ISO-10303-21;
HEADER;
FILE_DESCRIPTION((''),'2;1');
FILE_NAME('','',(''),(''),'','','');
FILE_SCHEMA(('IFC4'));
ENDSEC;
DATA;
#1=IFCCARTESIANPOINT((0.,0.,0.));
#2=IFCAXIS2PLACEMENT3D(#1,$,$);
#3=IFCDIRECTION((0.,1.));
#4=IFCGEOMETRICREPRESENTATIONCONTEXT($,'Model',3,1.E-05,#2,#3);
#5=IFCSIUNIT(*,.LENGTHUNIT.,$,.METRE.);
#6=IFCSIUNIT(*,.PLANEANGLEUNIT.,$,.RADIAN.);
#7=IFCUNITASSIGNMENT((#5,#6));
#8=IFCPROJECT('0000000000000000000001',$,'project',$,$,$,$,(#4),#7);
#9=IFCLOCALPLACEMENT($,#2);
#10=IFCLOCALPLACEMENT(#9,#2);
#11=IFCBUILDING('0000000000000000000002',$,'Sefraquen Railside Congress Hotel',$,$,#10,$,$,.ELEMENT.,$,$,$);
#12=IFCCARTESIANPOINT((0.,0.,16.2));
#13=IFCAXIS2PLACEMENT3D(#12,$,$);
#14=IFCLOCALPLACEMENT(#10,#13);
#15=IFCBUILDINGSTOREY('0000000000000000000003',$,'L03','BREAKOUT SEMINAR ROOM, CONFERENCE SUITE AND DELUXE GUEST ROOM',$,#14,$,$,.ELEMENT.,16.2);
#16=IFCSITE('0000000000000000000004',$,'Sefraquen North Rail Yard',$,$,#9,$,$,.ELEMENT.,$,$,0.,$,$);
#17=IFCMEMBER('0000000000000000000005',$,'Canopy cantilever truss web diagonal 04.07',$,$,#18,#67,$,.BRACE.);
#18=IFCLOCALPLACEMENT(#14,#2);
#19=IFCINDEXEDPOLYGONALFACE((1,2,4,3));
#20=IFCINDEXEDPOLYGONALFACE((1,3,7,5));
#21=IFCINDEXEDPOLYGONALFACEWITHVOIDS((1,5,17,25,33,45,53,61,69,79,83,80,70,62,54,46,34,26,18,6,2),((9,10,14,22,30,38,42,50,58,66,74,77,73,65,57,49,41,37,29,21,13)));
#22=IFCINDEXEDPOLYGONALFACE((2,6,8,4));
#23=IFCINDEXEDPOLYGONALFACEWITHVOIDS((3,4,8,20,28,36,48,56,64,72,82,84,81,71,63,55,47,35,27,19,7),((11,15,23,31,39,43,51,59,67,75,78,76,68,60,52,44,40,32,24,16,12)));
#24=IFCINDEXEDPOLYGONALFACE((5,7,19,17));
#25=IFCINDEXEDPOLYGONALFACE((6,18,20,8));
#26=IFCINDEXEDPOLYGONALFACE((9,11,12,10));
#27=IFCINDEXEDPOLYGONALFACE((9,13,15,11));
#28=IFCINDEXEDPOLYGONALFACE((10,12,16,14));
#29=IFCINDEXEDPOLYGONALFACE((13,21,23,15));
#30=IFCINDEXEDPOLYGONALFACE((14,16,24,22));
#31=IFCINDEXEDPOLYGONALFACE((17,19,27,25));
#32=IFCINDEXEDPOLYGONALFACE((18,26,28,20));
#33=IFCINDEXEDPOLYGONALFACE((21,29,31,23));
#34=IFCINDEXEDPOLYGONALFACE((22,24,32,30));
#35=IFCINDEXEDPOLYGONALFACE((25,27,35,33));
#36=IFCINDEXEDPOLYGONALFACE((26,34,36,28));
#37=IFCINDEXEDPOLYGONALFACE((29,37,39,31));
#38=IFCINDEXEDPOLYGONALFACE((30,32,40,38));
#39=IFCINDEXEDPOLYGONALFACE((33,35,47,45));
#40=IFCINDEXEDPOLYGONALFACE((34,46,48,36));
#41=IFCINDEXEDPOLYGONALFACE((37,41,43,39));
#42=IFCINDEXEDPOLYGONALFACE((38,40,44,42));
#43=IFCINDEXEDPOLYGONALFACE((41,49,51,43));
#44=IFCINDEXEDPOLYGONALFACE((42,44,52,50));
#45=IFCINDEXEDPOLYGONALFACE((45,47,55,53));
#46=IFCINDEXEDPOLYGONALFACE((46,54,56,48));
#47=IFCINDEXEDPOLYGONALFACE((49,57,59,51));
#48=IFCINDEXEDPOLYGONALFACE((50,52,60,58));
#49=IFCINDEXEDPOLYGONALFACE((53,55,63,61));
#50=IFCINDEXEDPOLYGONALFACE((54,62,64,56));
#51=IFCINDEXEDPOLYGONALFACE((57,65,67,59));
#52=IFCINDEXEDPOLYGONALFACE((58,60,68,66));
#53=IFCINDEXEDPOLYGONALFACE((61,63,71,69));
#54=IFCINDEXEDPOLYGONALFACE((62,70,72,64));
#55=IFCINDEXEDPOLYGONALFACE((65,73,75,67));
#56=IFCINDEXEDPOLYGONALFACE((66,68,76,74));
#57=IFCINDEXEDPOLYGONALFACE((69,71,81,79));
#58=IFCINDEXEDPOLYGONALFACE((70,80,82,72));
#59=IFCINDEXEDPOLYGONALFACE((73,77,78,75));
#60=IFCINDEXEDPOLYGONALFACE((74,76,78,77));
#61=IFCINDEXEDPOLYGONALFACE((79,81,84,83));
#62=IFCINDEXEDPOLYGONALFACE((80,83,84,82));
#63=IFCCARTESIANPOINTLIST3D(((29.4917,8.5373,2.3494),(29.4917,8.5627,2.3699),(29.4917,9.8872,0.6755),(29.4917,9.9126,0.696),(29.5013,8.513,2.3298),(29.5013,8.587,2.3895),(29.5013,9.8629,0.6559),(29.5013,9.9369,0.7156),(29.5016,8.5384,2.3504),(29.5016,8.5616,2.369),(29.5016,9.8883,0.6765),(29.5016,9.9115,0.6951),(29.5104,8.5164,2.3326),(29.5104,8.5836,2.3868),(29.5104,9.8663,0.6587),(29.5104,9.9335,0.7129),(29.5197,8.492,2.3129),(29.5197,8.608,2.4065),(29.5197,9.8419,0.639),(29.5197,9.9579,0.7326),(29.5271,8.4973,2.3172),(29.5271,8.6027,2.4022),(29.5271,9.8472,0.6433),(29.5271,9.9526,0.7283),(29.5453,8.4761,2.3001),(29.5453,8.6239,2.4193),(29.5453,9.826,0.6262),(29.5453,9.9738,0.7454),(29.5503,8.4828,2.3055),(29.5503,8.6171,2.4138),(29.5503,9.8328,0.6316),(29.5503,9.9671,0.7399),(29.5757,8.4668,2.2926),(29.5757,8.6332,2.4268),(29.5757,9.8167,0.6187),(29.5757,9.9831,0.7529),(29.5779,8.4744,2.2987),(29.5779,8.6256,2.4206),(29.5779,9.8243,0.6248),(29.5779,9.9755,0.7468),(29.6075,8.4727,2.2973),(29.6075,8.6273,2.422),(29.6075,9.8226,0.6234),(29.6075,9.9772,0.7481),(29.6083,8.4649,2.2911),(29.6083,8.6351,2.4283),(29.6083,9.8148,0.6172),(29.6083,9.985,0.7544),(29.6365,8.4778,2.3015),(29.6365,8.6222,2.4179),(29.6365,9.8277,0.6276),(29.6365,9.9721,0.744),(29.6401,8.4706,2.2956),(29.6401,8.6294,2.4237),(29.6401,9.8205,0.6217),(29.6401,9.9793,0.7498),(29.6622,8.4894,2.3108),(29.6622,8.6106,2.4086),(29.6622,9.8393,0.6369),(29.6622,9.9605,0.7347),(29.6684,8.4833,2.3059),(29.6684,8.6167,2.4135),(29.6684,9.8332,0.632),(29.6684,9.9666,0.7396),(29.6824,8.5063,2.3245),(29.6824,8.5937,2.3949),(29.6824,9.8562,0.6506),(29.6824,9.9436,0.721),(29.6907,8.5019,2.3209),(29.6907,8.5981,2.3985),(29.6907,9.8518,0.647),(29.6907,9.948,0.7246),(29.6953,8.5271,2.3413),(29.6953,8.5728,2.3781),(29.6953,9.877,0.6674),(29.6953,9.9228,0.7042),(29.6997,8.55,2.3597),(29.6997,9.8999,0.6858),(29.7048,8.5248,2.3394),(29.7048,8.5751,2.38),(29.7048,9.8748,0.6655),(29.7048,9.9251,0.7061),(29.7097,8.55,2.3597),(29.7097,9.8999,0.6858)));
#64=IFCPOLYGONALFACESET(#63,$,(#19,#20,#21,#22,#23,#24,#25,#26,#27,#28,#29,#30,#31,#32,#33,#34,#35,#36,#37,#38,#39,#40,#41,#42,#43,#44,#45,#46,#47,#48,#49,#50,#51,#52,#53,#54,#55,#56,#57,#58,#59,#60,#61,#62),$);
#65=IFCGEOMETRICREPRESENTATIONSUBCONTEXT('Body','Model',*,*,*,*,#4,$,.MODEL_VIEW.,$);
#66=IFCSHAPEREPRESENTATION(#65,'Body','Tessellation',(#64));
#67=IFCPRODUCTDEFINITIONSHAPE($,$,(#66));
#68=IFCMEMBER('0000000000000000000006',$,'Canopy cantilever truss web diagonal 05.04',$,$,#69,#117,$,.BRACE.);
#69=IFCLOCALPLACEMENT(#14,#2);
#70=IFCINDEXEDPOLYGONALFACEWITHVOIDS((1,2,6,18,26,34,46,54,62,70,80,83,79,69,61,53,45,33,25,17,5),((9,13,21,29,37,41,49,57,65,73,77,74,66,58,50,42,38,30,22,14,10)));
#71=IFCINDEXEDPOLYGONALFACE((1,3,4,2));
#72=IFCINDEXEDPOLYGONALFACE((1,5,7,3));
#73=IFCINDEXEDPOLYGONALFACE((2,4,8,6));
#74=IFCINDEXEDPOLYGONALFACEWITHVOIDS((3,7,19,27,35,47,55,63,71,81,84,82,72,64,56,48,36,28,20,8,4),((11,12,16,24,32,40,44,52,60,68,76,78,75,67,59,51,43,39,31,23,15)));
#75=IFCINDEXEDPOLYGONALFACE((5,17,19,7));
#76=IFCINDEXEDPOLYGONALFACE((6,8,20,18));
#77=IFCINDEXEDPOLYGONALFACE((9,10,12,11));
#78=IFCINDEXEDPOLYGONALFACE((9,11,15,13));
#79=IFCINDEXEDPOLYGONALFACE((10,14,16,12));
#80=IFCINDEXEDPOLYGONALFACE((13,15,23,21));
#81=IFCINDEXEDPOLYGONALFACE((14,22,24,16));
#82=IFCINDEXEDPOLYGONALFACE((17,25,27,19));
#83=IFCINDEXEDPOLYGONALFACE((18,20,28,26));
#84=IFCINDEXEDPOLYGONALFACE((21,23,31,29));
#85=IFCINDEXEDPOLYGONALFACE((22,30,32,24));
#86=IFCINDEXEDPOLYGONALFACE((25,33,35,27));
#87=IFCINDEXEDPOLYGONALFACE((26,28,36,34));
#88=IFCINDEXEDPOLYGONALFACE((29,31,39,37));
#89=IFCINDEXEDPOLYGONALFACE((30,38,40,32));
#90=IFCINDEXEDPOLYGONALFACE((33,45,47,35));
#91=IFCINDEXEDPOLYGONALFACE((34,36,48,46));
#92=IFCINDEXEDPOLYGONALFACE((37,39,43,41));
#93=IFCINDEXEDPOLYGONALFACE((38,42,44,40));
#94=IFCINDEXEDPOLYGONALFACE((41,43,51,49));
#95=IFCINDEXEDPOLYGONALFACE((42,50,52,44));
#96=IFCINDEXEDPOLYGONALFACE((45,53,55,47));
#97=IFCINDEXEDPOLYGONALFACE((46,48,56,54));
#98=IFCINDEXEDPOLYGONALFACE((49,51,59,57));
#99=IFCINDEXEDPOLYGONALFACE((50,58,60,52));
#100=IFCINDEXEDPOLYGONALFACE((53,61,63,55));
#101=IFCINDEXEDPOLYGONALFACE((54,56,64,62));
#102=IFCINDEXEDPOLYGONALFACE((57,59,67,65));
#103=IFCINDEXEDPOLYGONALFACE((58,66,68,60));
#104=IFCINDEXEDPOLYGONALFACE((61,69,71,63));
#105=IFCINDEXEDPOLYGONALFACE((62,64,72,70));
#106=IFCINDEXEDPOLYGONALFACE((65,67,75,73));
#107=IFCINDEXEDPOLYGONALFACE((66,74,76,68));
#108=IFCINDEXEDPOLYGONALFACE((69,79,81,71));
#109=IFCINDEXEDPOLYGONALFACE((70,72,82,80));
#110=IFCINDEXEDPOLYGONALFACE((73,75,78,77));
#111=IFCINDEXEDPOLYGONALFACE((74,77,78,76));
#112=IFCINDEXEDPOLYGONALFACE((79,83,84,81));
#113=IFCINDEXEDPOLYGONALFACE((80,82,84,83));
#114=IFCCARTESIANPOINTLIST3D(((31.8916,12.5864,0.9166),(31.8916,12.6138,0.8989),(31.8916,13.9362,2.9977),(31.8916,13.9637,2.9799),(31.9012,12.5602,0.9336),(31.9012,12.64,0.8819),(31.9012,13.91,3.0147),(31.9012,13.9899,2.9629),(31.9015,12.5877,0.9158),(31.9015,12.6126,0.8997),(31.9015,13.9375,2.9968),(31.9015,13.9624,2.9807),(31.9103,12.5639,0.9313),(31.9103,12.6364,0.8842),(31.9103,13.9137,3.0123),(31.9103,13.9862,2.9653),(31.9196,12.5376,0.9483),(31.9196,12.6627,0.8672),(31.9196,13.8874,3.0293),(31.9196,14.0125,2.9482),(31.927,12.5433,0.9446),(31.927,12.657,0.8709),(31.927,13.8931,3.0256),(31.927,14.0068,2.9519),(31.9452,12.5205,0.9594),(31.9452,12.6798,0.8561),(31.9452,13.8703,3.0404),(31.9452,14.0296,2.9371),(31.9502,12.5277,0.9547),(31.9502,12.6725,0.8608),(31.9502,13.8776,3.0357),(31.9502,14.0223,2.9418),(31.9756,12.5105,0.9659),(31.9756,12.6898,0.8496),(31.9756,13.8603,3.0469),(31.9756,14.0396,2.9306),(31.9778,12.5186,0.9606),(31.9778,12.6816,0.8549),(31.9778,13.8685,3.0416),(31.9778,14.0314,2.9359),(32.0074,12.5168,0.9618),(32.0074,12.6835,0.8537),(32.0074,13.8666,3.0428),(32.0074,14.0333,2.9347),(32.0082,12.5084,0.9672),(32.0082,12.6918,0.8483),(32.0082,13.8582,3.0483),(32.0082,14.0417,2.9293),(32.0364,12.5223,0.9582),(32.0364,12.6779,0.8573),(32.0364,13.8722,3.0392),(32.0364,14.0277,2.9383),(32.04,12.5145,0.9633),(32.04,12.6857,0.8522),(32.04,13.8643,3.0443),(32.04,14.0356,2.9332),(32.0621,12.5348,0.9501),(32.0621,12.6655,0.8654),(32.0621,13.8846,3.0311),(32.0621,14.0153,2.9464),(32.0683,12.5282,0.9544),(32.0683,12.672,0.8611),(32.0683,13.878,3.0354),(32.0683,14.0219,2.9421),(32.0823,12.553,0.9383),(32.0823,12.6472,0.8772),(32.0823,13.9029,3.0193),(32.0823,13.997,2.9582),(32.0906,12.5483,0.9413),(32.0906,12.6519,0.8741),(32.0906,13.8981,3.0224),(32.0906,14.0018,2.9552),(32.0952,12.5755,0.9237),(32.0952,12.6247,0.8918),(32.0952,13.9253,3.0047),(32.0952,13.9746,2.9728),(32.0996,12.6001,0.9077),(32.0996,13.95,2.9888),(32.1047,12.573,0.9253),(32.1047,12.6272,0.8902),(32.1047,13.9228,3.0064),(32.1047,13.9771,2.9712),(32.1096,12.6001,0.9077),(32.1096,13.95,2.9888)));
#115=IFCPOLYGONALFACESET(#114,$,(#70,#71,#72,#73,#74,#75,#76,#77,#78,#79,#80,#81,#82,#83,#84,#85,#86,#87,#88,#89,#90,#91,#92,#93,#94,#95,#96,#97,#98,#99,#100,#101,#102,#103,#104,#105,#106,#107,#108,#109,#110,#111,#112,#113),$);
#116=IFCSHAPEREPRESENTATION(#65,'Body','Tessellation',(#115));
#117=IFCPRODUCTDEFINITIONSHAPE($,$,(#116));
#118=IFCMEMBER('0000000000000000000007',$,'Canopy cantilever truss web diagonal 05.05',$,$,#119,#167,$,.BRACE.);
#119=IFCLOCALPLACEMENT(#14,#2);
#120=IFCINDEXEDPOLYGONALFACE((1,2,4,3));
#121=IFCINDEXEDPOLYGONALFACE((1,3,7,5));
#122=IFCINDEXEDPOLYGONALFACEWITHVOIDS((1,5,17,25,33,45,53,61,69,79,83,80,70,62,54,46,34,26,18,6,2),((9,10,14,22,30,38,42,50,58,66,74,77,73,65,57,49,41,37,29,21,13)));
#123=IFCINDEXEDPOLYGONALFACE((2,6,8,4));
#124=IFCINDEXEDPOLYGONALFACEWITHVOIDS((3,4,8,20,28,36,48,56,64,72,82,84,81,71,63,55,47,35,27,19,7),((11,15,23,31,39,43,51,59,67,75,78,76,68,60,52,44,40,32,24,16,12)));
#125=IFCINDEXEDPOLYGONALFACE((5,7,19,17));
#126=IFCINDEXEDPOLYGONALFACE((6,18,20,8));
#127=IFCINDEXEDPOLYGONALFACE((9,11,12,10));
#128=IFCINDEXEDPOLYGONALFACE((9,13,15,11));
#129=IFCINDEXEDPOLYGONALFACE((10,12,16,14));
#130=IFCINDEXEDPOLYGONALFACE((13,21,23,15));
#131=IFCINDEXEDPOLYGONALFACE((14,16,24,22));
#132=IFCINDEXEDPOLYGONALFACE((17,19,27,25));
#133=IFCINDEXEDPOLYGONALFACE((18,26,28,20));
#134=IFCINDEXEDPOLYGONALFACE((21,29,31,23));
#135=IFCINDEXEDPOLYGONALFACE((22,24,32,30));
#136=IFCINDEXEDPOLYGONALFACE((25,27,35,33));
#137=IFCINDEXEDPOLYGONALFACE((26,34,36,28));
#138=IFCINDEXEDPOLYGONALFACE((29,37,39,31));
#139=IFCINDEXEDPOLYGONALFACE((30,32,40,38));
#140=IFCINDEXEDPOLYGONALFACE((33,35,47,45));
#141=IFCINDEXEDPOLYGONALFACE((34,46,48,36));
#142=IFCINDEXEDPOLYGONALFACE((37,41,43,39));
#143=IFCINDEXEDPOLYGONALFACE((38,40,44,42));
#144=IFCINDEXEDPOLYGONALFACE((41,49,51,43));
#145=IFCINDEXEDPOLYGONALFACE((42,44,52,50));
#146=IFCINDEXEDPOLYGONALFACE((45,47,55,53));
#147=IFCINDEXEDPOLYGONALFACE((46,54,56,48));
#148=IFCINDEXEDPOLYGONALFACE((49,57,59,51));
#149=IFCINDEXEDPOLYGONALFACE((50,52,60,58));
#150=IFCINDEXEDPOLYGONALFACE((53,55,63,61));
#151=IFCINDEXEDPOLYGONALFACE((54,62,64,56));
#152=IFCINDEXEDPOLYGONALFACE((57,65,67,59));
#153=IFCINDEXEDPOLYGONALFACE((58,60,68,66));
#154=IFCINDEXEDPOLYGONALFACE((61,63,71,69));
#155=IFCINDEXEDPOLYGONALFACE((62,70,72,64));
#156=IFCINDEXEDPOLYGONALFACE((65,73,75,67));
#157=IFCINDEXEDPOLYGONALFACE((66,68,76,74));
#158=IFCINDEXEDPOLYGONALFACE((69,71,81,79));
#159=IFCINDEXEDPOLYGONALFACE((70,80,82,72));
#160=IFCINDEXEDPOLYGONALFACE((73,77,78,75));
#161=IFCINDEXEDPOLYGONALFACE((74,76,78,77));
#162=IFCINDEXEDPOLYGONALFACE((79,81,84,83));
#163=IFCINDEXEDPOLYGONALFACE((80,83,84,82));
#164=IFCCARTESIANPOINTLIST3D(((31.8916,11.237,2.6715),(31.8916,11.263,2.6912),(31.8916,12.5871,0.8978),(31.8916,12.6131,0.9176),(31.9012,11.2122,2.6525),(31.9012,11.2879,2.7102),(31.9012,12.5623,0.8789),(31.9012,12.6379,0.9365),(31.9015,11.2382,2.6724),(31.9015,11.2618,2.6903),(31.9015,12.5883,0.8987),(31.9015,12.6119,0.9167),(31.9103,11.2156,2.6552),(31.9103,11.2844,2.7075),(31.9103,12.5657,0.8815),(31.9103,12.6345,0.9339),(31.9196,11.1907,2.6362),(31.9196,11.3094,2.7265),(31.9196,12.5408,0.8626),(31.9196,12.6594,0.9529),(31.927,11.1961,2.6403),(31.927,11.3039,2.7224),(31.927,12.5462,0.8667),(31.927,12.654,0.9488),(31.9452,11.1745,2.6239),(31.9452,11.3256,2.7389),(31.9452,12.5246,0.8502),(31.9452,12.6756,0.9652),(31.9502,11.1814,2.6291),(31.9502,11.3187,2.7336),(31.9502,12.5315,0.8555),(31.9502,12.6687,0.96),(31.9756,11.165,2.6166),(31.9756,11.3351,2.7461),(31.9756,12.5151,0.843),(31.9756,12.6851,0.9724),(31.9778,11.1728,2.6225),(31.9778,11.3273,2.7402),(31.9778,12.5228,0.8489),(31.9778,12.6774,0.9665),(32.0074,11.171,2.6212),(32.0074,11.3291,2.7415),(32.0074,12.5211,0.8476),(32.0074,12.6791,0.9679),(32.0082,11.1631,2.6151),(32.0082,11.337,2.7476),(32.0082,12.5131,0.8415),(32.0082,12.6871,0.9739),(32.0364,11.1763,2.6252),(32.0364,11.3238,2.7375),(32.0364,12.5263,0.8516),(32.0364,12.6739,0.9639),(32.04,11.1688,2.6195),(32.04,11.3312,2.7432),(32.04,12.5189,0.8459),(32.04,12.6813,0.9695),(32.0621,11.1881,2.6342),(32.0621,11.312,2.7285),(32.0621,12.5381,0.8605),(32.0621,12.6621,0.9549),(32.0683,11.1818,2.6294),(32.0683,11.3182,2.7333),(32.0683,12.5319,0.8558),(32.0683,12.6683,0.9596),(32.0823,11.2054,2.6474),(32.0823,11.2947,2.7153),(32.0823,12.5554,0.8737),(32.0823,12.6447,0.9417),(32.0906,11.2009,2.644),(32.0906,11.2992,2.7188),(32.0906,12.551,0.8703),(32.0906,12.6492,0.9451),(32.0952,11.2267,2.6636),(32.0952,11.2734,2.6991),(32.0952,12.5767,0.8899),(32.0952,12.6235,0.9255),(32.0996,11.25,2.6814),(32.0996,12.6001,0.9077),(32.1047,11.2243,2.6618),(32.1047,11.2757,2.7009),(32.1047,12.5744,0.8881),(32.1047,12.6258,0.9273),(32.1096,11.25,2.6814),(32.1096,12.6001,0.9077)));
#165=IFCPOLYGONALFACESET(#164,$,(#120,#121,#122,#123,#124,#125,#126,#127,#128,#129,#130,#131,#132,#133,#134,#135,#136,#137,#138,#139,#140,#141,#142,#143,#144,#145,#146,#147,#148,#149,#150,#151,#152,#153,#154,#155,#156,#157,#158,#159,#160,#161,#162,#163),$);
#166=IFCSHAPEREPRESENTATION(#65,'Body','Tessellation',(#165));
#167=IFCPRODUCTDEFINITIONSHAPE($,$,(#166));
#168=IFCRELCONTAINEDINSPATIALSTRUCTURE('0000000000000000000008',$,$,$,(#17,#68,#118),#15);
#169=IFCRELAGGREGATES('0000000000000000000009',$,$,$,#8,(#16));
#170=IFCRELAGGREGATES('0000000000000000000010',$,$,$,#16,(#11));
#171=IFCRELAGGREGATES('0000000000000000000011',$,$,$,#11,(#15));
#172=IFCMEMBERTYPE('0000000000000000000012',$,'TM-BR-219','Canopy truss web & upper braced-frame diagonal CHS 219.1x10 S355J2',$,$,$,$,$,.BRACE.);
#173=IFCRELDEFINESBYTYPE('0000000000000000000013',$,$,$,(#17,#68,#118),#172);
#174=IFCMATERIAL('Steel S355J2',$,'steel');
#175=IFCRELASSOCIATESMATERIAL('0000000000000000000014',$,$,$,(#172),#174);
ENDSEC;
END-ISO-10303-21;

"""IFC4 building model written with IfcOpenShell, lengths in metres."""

from ifc_helpers import new_model, si_unit, direction, frame, origin, origin_2d, place, context, subcontext, project, spatial, hollow_circle, extrude, material, material_profile, profile_set, type_object, element, save


model = new_model("IFC4")

# Units and contexts
model_context = context("Model", 3, precision=1e-05, world=origin(), true_north=direction((0.0, 1.0)))
body_context = subcontext(model_context, "Body", "Model", "MODEL_VIEW")
ifc_project = project(units=[si_unit("LENGTHUNIT", "METRE"), si_unit("PLANEANGLEUNIT", "RADIAN")], contexts=[model_context])

# Site, building, storey
site_placement = place(None, origin())
site = spatial("IfcSite", under=ifc_project, at=site_placement, Name="Sefraquen North Rail Yard", CompositionType="ELEMENT", RefElevation=0.0)
building_placement = place(site_placement, origin())
building = spatial("IfcBuilding", under=site, at=building_placement, Name="Sefraquen Railside Congress Hotel", CompositionType="ELEMENT")
storey_placement = place(building_placement, frame((0.0, 0.0, 16.2)))
storey = spatial("IfcBuildingStorey", under=building, at=storey_placement, Name="L03", Description="BREAKOUT SEMINAR ROOM, CONFERENCE SUITE AND DELUXE GUEST ROOM", CompositionType="ELEMENT", Elevation=16.2)

# Members
ifc_material = material(Name="Steel S355J2", Category="steel")
ifc_material_profile = material_profile(ifc_material, hollow_circle(Radius=0.1096, WallThickness=0.01, at=origin_2d()), Name="CHS 219.1x10")
ifc_profile_set = profile_set([ifc_material_profile], Name="Steel S355J2")
member_type = type_object("IfcMemberType", Name="TM-BR-219", Description="Canopy truss web & upper braced-frame diagonal CHS 219.1x10 S355J2", PredefinedType="BRACE", material=ifc_profile_set)
member_1_placement = place(storey_placement, frame((29.6001, 9.8999, 0.6858), z_axis=(0.0, -0.62775, 0.778415), x_axis=(1.0, 0.0, 0.0)))
element("IfcMember", 1, at=member_1_placement, inside=storey, type_object=member_type, Name="Canopy cantilever truss web diagonal 04.07", PredefinedType="BRACE", context=body_context, shape_type="SweptSolid", body=[
    extrude(hollow_circle(Radius=0.1096, WallThickness=0.01, at=origin_2d()), origin(), (0.0, 0.0, 1.0), 2.1504),
])
member_2_placement = place(storey_placement, frame((32.0, 13.95, 2.9888), z_axis=(0.0, -0.544185, -0.838965), x_axis=(1.0, 0.0, 0.0)))
element("IfcMember", 2, at=member_2_placement, inside=storey, type_object=member_type, Name="Canopy cantilever truss web diagonal 05.04", PredefinedType="BRACE", context=body_context, shape_type="SweptSolid", body=[
    extrude(hollow_circle(Radius=0.1096, WallThickness=0.01, at=origin_2d()), origin(), (0.0, 0.0, 1.0), 2.4805),
])
member_3_placement = place(storey_placement, frame((32.0, 12.6001, 0.9077), z_axis=(0.0, -0.60568, 0.795708), x_axis=(1.0, 0.0, 0.0)))
element("IfcMember", 3, at=member_3_placement, inside=storey, type_object=member_type, Name="Canopy cantilever truss web diagonal 05.05", PredefinedType="BRACE", context=body_context, shape_type="SweptSolid", body=[
    extrude(hollow_circle(Radius=0.1096, WallThickness=0.01, at=origin_2d()), origin(), (0.0, 0.0, 1.0), 2.229),
])

save(model, "model.ifc")
